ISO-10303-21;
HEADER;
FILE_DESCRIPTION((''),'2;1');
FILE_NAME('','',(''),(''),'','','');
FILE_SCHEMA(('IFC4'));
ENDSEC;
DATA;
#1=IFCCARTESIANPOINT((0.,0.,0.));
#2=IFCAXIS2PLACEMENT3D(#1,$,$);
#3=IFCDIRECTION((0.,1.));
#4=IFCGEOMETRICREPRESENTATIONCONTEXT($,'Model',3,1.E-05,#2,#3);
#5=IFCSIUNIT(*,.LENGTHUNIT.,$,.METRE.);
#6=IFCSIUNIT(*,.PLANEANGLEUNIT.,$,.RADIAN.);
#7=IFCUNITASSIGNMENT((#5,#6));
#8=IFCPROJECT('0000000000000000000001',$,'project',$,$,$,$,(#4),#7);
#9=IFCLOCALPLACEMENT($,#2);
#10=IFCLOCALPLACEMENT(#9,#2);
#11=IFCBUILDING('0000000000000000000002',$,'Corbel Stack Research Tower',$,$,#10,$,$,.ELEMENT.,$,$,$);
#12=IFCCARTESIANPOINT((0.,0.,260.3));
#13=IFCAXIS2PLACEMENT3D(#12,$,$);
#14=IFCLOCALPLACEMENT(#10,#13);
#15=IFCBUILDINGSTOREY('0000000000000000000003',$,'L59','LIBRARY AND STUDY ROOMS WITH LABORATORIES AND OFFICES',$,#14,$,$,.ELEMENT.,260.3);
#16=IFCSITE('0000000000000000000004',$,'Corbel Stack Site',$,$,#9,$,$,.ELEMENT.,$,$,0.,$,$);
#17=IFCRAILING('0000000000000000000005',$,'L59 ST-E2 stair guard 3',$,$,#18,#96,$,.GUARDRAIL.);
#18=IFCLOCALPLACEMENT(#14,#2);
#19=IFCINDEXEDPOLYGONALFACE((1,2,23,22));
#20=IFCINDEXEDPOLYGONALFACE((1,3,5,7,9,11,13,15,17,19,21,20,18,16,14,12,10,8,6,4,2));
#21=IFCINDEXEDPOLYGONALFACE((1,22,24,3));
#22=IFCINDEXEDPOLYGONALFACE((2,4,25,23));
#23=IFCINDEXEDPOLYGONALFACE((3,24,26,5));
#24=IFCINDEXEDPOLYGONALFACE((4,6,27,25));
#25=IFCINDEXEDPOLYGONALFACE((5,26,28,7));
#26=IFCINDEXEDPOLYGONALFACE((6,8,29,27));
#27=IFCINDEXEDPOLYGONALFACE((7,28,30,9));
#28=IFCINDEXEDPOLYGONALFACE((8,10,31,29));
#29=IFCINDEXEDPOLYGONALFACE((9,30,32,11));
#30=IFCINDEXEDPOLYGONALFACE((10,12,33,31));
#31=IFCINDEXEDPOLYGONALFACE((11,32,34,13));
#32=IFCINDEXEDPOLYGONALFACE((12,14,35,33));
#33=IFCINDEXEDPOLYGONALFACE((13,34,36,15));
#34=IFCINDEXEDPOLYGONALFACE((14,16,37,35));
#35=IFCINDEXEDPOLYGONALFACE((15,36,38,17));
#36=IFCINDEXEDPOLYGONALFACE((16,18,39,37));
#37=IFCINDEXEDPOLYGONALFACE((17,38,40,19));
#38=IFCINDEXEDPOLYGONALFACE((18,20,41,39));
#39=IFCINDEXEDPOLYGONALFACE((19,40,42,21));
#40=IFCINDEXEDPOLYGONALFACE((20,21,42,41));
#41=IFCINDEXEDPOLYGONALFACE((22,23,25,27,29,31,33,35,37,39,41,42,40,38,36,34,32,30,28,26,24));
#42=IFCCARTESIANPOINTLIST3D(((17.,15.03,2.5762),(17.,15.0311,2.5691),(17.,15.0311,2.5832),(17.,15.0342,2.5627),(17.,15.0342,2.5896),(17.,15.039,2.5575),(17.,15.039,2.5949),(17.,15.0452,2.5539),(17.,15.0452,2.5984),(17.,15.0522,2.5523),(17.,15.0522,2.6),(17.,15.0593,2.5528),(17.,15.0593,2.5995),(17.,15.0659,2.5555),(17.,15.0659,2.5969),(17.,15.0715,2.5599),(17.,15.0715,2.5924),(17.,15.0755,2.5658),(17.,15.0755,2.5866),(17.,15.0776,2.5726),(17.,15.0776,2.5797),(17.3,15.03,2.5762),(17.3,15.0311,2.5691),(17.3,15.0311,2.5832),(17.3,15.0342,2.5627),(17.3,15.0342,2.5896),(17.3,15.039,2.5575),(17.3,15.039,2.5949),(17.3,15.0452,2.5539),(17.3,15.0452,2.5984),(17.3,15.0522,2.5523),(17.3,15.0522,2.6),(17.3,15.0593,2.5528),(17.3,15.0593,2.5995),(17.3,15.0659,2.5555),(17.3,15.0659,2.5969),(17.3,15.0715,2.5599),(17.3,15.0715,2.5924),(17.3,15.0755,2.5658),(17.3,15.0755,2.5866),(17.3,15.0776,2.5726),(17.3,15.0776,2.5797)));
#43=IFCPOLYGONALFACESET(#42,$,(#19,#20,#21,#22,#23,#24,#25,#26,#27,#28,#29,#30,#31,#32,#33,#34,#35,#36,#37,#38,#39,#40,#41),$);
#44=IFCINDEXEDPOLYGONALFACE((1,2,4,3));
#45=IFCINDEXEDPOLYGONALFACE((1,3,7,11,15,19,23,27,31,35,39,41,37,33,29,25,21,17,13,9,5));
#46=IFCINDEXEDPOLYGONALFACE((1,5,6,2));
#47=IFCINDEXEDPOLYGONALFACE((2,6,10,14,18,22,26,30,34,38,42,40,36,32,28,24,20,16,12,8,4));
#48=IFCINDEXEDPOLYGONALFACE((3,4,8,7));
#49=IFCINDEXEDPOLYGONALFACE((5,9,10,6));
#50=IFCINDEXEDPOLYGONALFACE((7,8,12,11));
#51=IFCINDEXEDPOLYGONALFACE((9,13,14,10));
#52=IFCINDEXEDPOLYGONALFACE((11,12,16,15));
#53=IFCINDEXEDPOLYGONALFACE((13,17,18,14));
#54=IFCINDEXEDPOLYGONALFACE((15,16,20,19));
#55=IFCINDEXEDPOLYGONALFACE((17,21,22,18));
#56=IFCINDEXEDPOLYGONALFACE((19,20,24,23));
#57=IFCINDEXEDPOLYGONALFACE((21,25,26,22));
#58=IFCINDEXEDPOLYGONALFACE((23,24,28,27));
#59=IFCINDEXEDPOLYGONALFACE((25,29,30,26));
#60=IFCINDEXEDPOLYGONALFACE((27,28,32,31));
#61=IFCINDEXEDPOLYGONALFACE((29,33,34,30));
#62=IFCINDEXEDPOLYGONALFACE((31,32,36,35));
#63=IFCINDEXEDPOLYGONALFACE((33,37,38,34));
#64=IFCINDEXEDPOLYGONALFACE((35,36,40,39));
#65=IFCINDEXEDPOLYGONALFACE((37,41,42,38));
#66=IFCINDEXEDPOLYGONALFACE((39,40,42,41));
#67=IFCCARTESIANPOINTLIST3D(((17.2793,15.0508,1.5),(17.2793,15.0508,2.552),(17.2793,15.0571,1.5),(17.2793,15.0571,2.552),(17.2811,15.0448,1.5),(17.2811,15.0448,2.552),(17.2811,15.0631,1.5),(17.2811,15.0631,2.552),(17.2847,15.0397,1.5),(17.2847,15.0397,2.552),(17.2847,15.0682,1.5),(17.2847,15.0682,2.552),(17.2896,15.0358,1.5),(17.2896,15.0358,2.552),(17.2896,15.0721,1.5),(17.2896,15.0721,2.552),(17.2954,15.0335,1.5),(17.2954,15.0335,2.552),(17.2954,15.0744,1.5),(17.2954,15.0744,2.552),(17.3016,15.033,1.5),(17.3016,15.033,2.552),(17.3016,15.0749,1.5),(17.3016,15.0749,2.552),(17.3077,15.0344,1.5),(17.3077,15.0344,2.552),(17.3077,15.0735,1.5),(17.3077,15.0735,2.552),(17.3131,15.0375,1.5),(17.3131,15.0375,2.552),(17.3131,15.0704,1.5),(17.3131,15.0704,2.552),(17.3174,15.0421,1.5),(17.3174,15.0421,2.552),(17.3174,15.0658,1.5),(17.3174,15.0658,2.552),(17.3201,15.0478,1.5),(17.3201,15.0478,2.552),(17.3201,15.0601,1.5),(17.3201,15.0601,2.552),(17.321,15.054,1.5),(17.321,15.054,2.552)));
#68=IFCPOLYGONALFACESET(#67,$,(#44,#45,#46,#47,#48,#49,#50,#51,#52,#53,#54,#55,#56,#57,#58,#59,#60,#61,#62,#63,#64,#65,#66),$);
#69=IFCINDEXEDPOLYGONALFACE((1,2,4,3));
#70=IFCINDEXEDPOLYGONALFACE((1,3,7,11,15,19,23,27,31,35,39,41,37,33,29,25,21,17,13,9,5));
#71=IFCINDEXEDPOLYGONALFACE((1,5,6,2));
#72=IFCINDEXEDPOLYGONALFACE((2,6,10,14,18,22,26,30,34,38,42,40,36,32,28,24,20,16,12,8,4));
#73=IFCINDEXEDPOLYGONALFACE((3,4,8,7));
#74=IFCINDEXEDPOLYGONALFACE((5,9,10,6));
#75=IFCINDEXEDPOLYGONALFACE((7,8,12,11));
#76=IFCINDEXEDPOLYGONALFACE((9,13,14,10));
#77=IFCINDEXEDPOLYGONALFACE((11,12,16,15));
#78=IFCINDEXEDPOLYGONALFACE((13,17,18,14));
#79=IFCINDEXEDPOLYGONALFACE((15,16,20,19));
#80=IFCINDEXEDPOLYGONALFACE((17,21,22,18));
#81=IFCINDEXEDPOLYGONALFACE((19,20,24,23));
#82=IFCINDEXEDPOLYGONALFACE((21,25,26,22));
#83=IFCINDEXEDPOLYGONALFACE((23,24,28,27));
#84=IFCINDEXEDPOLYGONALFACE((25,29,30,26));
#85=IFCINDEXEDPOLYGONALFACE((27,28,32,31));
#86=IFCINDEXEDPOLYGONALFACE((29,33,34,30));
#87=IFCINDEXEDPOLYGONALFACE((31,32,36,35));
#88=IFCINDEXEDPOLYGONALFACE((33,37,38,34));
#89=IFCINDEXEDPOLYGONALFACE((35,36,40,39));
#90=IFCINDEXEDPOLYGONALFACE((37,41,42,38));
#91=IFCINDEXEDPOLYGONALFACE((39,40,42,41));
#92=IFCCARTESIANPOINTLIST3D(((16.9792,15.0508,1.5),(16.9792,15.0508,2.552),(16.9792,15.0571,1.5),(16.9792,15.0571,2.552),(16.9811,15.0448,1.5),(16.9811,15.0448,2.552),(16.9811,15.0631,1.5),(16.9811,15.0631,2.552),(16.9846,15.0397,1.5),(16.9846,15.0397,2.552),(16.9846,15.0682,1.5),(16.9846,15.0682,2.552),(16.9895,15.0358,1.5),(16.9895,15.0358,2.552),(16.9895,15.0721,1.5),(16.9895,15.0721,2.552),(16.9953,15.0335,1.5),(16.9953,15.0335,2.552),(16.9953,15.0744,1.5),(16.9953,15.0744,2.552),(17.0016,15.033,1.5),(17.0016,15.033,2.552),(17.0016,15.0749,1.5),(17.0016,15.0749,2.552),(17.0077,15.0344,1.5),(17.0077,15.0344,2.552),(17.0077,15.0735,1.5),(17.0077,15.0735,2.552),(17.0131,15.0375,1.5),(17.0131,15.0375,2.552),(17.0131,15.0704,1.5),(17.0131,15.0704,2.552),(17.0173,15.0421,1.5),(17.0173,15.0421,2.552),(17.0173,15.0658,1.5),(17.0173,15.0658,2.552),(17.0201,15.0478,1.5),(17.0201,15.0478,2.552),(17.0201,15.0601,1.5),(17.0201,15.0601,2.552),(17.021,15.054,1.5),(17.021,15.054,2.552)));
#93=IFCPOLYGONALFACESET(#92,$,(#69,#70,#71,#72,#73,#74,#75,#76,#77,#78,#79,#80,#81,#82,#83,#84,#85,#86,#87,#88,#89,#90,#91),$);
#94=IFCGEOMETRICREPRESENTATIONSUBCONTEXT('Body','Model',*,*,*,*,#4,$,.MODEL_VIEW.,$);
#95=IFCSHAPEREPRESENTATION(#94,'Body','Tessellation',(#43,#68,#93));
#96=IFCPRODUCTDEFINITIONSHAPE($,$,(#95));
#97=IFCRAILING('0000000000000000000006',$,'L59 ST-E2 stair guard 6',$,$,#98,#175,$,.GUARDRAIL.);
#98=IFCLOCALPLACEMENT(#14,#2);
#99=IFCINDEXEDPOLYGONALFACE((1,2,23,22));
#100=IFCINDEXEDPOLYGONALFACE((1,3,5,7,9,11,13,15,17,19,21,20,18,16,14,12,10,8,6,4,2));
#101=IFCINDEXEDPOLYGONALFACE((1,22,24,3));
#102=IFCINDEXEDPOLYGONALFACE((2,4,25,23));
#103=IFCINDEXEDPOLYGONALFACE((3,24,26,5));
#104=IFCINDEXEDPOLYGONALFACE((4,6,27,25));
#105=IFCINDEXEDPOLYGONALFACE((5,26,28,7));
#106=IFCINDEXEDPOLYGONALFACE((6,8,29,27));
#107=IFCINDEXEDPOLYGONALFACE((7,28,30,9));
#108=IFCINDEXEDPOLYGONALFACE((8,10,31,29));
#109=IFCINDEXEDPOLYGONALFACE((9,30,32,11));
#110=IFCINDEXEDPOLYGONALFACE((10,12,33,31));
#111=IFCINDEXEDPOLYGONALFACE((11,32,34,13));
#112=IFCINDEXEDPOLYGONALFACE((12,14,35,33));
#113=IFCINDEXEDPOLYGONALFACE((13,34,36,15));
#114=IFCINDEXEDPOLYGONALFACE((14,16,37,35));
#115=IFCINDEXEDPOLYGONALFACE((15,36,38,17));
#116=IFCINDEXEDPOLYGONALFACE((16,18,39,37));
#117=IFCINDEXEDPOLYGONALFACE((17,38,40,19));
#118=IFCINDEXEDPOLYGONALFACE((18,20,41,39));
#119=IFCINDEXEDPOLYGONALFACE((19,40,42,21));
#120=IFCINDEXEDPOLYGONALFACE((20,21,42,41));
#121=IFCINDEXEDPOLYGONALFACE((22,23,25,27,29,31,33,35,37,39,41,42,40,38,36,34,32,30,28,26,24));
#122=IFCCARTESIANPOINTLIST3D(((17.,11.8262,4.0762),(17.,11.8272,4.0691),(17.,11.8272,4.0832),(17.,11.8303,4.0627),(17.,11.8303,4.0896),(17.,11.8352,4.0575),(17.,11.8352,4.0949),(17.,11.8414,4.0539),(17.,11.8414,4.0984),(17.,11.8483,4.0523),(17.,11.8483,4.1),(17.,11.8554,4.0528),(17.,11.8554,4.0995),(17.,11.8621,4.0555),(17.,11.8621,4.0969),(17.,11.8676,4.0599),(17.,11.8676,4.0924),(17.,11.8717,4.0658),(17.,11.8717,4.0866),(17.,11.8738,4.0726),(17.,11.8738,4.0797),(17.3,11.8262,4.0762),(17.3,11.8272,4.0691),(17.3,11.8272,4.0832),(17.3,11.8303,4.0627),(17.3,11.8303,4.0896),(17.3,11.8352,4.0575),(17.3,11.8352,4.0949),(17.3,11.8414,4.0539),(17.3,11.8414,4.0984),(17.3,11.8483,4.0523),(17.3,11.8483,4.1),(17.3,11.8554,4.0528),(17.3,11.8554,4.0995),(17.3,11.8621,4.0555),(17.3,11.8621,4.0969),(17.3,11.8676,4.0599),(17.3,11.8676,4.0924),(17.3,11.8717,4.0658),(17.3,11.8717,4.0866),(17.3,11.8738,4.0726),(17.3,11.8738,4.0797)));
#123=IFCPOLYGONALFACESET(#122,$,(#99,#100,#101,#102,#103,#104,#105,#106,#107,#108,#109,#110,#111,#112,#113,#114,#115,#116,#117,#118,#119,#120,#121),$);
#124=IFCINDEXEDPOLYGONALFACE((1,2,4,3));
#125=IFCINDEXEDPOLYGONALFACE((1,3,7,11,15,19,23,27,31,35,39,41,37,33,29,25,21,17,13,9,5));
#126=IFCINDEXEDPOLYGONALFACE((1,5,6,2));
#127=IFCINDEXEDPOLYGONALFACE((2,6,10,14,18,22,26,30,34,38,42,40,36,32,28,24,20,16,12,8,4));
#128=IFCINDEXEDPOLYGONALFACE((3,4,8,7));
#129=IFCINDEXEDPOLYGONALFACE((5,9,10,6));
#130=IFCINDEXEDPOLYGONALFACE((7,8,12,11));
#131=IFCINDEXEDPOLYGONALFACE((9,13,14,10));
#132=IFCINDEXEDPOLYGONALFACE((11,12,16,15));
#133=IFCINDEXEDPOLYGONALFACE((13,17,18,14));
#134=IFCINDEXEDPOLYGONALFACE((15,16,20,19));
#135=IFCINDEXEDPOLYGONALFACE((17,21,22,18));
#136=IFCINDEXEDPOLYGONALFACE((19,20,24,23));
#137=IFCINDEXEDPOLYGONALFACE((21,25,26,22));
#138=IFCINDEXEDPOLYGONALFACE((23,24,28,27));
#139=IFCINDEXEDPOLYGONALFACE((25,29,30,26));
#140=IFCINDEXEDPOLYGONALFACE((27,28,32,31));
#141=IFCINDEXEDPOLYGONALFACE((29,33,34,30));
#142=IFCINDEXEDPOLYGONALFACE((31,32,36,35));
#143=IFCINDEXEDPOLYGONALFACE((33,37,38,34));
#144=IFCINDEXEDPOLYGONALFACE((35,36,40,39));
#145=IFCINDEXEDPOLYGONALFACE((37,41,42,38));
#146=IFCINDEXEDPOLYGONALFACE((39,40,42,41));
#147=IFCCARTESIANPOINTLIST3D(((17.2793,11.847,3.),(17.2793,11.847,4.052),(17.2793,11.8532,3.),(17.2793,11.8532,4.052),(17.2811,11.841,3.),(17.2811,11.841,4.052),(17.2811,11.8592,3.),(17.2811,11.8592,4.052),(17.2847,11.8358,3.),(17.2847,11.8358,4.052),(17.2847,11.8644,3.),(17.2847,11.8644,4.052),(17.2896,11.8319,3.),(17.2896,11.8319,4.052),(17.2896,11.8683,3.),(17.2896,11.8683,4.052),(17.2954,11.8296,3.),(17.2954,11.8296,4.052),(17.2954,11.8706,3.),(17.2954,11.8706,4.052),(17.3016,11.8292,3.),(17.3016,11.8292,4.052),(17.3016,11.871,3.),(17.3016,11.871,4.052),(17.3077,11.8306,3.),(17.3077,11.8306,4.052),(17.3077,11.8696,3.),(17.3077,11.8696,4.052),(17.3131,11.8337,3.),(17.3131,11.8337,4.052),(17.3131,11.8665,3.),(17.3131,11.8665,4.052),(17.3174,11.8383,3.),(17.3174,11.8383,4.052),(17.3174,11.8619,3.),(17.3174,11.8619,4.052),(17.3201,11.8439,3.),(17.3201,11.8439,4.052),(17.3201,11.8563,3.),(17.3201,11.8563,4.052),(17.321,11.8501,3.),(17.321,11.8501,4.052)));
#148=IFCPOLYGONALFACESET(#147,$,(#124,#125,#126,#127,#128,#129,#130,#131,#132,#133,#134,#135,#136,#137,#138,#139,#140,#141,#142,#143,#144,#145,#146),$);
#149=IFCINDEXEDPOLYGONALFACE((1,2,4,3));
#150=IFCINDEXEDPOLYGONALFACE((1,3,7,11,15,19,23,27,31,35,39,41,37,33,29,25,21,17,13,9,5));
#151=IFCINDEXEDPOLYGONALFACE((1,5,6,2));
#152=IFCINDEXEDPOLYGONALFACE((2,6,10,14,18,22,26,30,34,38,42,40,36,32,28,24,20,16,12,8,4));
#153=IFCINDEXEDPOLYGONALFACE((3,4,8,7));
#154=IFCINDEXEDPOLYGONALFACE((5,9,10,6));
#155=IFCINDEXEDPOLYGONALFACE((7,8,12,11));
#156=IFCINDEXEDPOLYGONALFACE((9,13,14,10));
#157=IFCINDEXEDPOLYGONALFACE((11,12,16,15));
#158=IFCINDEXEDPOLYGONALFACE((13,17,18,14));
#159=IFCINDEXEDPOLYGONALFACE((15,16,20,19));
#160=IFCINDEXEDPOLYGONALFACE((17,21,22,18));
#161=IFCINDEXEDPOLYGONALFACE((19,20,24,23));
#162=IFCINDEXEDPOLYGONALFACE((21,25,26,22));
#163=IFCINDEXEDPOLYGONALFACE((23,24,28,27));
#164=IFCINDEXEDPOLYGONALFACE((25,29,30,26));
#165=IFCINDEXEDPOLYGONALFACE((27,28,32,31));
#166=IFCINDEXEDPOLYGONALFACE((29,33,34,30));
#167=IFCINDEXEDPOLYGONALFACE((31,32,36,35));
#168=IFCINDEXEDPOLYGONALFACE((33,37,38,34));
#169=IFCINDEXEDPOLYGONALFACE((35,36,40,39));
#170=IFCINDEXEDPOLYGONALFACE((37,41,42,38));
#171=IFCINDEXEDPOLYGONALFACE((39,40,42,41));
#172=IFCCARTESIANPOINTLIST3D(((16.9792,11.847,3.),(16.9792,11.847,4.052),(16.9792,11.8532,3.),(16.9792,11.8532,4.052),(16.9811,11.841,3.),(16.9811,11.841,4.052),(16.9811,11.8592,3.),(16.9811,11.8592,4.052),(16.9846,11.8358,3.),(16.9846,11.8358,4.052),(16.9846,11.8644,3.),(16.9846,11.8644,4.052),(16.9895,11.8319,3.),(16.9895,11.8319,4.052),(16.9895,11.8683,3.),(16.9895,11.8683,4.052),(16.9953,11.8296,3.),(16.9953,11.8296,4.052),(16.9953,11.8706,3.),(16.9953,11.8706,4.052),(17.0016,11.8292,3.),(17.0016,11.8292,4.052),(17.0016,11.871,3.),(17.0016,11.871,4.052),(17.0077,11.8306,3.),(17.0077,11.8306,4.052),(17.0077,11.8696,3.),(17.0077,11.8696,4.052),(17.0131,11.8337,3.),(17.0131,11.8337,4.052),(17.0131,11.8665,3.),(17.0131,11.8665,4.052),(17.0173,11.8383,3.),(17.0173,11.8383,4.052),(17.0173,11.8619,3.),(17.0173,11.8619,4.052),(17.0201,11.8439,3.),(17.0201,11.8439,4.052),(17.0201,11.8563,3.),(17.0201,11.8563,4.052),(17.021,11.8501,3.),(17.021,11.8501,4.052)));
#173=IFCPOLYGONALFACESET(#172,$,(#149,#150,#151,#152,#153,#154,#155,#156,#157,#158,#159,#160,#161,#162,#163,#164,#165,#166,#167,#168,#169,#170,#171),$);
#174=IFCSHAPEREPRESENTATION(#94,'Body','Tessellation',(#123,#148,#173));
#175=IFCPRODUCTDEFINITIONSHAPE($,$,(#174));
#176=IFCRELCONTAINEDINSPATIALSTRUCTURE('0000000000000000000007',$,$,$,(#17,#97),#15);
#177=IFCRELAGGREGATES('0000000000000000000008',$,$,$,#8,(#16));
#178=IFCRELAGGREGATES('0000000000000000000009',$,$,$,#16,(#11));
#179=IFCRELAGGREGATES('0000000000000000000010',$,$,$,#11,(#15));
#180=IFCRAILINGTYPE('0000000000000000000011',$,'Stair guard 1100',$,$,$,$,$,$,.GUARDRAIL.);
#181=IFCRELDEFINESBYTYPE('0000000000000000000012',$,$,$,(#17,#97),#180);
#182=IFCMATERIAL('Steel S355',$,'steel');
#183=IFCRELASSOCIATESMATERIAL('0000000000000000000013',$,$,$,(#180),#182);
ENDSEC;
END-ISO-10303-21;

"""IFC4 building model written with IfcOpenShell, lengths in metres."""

from ifc_helpers import new_model, si_unit, direction, frame, origin, origin_2d, place, context, subcontext, project, spatial, circle, extrude, material, type_object, element, save


model = new_model("IFC4")

# Units and contexts
model_context = context("Model", 3, precision=1e-05, world=origin(), true_north=direction((0.0, 1.0)))
body_context = subcontext(model_context, "Body", "Model", "MODEL_VIEW")
ifc_project = project(units=[si_unit("LENGTHUNIT", "METRE"), si_unit("PLANEANGLEUNIT", "RADIAN")], contexts=[model_context])

# Site, building, storey
site_placement = place(None, origin())
site = spatial("IfcSite", under=ifc_project, at=site_placement, Name="Corbel Stack Site", CompositionType="ELEMENT", RefElevation=0.0)
building_placement = place(site_placement, origin())
building = spatial("IfcBuilding", under=site, at=building_placement, Name="Corbel Stack Research Tower", CompositionType="ELEMENT")
storey_placement = place(building_placement, frame((0.0, 0.0, 260.3)))
storey = spatial("IfcBuildingStorey", under=building, at=storey_placement, Name="L59", Description="LIBRARY AND STUDY ROOMS WITH LABORATORIES AND OFFICES", CompositionType="ELEMENT", Elevation=260.3)

# Railings
ifc_material_1 = material(Name="Steel S355", Category="steel")
railing_type_1 = type_object("IfcRailingType", Name="Stair guard 1100", PredefinedType="GUARDRAIL", material=ifc_material_1)
for number, where, name in (
    (1, (17.3, 15.054, 1.5), "L59 ST-E2 stair guard 3"),
    (2, (17.3, 11.8501, 3.0), "L59 ST-E2 stair guard 6"),
):
    element("IfcRailing", number, at=place(storey_placement, frame(where)), inside=storey, type_object=railing_type_1, Name=name, PredefinedType="GUARDRAIL", context=body_context, shape_type="SweptSolid", body=[
        extrude(circle(Radius=0.0239, at=origin_2d()), frame((0.0, 0.0, 1.0762), z_axis=(-1.0, 0.0, 0.0), x_axis=(0.0, -1.0, 0.0)), (0.0, 0.0, 1.0), 0.3),
        extrude(circle(Radius=0.021, at=origin_2d()), origin(), (0.0, 0.0, 1.0), 1.052),
        extrude(circle(Radius=0.021, at=origin_2d()), frame((-0.3, 0.0, 0.0)), (0.0, 0.0, 1.0), 1.052),
    ])

save(model, "model.ifc")
